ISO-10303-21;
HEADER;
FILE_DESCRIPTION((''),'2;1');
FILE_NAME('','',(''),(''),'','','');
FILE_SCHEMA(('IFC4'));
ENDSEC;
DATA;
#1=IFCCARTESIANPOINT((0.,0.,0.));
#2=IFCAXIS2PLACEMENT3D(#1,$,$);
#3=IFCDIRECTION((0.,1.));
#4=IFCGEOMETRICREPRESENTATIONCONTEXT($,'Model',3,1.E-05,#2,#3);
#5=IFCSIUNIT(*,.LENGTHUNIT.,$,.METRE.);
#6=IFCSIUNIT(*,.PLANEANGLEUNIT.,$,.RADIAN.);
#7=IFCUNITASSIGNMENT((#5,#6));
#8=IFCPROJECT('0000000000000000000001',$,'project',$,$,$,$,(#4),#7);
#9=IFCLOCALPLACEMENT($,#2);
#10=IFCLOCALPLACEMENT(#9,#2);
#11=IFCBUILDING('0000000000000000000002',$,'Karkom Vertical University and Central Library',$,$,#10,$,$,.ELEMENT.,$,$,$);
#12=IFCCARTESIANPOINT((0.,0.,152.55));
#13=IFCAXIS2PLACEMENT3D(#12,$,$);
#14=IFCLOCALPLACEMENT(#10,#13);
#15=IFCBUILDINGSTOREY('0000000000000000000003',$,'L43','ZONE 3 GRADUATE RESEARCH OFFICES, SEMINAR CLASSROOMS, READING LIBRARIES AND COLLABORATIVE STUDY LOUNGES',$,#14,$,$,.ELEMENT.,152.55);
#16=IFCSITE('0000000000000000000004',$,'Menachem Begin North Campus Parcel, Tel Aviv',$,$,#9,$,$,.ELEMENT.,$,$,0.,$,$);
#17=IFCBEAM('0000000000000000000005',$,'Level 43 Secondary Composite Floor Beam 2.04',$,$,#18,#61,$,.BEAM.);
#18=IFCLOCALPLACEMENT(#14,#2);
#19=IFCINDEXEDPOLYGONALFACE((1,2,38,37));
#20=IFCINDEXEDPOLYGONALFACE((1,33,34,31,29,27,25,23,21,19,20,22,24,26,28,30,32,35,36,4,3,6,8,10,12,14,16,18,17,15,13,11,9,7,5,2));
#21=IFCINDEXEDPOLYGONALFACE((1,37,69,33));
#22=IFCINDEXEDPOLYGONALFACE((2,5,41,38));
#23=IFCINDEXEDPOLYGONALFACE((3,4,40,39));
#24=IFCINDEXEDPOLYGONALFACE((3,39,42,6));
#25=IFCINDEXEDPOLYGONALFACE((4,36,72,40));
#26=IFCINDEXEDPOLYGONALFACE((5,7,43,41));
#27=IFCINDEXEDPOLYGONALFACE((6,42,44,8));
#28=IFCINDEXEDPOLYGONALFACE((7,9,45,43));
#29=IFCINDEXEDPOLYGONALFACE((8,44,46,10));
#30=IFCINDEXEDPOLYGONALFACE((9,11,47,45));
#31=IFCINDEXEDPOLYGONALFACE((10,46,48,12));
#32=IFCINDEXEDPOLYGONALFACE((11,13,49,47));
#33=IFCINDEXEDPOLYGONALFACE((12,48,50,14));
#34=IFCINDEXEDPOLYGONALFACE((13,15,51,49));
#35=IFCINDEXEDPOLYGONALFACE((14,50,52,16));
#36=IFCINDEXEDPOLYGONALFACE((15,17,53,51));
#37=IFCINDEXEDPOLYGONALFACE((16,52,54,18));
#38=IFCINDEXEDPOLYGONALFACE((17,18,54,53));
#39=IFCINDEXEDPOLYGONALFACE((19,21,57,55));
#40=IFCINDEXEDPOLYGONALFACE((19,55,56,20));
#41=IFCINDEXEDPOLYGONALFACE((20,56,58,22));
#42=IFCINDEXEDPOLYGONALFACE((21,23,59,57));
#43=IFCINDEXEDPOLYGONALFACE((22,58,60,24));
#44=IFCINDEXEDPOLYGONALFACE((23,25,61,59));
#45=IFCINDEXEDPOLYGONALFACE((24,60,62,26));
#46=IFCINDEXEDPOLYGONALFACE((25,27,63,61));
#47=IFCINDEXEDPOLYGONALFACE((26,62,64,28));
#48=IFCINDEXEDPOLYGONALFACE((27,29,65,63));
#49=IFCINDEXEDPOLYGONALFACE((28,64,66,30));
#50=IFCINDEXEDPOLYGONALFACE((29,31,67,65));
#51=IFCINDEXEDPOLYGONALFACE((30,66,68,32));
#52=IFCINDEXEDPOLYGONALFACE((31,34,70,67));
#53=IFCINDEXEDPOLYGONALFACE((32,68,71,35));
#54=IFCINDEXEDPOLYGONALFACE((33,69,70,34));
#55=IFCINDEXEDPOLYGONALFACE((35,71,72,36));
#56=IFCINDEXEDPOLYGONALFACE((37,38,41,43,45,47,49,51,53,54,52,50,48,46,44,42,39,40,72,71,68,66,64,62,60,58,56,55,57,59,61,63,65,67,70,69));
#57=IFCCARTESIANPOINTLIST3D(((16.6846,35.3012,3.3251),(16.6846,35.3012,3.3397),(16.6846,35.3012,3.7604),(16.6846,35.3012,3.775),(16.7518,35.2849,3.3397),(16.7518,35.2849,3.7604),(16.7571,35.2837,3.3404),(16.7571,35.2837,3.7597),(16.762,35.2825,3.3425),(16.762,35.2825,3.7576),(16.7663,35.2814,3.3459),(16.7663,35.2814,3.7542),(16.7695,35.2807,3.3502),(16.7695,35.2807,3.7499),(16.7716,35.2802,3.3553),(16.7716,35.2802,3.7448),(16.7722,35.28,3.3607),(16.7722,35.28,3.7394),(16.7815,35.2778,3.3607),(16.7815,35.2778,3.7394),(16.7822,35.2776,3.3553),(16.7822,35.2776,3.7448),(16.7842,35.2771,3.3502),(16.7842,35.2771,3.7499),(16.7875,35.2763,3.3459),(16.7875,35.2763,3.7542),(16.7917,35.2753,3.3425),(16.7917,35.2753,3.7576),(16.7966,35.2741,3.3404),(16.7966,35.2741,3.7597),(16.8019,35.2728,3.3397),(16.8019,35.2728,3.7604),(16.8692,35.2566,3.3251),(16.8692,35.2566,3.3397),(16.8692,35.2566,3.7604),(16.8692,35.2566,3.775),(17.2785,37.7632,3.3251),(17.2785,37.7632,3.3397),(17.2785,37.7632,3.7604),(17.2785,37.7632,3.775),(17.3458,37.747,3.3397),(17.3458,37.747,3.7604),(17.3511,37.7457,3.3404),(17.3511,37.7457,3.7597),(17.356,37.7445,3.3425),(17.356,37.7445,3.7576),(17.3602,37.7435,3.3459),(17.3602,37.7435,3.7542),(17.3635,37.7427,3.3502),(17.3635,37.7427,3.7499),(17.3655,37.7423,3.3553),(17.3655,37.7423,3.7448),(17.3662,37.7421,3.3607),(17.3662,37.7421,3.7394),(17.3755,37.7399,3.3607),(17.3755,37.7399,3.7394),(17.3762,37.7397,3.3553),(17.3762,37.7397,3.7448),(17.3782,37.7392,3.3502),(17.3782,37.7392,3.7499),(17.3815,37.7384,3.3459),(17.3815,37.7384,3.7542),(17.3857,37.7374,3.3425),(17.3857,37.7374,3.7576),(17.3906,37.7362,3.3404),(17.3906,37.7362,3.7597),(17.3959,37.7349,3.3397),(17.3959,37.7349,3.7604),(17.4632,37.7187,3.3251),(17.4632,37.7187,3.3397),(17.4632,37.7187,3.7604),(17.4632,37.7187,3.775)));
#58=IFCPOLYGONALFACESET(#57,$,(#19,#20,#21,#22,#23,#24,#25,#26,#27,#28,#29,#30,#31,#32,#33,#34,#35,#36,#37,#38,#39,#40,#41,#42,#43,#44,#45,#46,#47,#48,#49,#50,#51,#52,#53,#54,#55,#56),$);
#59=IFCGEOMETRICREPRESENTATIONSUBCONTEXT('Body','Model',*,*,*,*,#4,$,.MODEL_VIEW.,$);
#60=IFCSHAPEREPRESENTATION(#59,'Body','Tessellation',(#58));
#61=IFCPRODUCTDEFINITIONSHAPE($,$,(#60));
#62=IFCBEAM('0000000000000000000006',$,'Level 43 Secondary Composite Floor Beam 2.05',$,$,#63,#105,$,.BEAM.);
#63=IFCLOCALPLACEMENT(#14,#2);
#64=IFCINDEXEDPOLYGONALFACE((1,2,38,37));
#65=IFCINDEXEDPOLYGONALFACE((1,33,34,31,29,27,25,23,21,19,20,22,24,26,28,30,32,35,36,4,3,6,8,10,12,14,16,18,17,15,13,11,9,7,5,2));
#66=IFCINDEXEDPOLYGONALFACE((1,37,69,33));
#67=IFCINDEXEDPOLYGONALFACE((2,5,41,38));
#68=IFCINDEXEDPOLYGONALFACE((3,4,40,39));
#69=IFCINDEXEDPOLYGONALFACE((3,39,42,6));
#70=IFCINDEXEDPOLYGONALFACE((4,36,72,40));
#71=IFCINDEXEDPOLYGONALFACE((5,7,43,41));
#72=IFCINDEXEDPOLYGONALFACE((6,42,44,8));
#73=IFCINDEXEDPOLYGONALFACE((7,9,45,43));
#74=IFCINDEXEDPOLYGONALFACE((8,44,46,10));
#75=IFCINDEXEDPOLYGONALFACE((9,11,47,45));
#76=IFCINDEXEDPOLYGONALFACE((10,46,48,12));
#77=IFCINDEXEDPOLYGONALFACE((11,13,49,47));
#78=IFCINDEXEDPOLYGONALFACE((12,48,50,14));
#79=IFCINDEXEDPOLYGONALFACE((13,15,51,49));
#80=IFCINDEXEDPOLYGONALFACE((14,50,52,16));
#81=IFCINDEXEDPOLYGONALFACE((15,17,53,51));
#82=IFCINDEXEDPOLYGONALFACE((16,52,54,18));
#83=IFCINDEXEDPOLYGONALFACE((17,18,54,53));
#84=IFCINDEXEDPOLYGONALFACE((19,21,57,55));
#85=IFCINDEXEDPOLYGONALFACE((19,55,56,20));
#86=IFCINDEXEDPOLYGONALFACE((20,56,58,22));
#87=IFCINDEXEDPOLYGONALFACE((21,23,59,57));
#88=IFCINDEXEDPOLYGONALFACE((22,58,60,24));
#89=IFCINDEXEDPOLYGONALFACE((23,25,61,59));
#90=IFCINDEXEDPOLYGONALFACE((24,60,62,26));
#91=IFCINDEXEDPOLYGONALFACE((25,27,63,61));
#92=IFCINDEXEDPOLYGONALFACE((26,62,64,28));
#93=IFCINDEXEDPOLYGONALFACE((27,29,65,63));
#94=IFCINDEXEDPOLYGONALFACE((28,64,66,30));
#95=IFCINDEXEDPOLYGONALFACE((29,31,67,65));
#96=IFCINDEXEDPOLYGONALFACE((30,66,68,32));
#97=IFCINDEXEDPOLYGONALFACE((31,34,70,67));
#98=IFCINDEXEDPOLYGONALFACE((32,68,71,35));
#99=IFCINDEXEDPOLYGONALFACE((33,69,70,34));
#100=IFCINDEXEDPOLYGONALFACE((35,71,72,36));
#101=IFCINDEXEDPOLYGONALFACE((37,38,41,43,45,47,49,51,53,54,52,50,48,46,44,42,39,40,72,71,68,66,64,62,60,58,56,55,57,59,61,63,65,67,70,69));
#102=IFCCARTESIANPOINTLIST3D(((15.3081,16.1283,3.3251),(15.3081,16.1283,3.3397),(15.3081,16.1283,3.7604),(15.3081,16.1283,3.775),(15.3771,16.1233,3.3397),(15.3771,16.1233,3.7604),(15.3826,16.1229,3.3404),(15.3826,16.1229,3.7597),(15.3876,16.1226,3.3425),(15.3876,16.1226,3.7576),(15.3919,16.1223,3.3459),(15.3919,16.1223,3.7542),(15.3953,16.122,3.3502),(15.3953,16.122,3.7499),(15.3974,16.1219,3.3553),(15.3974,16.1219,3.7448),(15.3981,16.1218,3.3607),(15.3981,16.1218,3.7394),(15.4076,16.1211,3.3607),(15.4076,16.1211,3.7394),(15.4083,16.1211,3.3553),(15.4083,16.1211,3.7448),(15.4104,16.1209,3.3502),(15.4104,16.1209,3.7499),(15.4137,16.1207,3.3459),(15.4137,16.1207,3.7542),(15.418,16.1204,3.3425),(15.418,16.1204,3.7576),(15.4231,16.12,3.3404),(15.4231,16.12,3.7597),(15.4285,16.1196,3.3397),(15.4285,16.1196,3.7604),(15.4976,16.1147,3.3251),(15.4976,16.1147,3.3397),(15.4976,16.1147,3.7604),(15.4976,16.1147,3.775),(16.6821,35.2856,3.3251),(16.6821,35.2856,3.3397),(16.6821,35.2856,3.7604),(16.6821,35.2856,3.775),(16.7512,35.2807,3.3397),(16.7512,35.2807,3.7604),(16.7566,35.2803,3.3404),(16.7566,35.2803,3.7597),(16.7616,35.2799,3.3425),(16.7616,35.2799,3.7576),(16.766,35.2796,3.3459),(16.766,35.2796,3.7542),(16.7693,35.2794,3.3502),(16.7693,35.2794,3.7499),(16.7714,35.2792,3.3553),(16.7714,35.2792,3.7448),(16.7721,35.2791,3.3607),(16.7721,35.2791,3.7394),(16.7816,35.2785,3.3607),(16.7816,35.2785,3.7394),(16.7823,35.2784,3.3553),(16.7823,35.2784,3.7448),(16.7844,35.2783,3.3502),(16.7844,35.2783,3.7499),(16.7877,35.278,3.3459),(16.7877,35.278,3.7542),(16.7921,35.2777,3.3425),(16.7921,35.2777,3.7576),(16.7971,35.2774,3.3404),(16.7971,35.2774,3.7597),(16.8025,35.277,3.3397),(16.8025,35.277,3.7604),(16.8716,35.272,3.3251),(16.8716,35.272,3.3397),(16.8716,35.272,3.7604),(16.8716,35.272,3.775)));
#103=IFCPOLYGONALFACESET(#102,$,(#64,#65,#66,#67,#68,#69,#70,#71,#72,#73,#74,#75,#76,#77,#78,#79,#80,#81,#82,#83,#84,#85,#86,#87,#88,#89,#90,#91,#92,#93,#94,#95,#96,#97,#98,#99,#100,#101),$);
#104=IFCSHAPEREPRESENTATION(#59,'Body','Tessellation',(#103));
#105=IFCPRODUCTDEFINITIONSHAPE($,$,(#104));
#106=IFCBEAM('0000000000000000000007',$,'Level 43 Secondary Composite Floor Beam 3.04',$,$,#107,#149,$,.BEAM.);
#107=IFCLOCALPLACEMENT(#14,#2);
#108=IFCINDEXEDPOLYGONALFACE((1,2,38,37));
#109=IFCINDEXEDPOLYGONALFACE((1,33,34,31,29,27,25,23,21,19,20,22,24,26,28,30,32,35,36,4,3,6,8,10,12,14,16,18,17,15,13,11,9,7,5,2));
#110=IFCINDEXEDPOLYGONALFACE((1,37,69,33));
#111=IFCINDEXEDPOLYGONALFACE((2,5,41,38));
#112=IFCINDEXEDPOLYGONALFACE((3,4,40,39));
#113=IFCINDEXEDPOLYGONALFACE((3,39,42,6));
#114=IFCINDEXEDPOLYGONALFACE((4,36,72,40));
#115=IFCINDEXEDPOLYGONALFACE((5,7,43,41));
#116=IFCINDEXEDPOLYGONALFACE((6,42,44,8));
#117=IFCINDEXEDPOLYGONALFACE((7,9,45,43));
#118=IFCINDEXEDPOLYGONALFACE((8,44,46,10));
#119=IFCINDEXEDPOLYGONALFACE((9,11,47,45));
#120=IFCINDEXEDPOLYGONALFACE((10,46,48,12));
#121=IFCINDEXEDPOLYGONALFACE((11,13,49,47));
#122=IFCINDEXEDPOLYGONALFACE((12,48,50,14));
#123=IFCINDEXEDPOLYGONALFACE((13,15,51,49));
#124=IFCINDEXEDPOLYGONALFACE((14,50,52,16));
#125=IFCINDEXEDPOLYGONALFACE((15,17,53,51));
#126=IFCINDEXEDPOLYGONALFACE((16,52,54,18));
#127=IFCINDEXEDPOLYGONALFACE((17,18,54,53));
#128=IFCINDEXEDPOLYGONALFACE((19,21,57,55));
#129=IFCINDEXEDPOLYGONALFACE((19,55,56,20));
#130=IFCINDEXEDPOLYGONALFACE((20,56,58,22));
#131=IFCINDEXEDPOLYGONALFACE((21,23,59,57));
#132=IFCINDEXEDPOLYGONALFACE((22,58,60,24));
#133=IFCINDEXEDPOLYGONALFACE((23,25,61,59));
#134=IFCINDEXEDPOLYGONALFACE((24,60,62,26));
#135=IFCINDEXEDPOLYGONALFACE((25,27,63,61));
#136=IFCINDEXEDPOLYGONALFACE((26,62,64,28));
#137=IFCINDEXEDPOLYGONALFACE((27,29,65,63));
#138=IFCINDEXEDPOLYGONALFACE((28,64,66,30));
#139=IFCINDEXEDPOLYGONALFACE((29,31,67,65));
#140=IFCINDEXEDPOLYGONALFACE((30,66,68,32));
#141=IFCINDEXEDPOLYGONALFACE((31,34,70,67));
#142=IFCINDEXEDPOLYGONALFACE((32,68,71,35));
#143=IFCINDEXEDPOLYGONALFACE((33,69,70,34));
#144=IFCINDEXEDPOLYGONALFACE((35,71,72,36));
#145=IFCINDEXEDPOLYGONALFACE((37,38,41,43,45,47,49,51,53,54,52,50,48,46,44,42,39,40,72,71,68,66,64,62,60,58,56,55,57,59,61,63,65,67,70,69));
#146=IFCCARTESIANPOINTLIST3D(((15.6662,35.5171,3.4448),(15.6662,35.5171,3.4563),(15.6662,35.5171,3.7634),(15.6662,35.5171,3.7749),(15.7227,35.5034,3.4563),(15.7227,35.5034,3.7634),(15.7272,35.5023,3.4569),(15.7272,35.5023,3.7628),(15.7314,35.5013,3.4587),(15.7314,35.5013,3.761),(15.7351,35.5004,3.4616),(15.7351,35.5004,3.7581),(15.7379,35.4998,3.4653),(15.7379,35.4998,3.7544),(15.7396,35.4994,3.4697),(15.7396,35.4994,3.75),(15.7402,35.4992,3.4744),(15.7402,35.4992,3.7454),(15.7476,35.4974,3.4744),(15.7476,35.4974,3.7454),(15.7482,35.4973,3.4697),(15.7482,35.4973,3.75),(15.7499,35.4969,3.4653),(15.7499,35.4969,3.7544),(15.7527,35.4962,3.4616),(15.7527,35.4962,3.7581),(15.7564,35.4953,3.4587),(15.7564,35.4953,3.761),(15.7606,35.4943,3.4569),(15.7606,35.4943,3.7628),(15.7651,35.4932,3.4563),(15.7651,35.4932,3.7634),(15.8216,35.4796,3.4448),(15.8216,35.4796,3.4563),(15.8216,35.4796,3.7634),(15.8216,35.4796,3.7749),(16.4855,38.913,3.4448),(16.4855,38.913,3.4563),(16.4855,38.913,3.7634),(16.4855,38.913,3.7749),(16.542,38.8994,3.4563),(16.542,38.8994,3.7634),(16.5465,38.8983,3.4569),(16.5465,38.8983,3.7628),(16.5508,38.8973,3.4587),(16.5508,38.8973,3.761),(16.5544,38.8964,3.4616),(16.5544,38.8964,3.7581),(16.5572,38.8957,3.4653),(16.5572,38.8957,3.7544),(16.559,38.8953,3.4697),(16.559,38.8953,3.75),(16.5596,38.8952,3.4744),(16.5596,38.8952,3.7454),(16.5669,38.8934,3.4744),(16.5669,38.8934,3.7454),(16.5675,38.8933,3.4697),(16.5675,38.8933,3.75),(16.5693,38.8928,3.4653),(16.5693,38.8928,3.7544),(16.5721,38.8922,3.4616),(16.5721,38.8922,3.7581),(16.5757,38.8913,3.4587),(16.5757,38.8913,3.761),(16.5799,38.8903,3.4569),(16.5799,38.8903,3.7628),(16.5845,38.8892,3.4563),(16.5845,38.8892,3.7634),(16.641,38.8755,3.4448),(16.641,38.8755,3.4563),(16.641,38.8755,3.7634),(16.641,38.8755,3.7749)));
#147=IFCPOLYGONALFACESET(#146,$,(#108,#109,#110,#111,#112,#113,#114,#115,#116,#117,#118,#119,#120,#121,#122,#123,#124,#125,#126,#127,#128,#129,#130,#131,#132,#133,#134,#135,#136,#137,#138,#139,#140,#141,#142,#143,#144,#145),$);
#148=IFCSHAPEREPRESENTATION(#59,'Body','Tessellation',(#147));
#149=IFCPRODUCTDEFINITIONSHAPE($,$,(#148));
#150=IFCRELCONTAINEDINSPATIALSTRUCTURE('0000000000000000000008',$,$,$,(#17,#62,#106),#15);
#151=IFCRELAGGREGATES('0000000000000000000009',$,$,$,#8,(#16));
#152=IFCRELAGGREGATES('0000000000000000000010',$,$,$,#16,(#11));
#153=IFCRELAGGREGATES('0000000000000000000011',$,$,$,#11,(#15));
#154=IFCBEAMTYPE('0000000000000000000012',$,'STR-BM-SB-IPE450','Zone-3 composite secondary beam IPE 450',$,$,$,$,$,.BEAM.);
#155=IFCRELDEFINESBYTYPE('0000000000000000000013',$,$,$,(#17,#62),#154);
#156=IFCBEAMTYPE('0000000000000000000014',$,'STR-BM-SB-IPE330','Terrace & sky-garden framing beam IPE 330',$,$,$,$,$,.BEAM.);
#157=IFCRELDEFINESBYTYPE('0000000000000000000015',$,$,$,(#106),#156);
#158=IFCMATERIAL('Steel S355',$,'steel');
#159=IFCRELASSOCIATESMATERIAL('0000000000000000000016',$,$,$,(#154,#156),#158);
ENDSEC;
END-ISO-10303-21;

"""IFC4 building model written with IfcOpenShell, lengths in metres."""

from ifc_helpers import new_model, si_unit, direction, frame, origin, origin_with_axes, origin_2d, place, context, subcontext, project, spatial, i_section, extrude, source, transform, mapped, material, material_profile, profile_set, type_object, element, save


model = new_model("IFC4")

# Units and contexts
model_context = context("Model", 3, precision=1e-05, world=origin(), true_north=direction((0.0, 1.0)))
body_context = subcontext(model_context, "Body", "Model", "MODEL_VIEW")
ifc_project = project(units=[si_unit("LENGTHUNIT", "METRE"), si_unit("PLANEANGLEUNIT", "RADIAN")], contexts=[model_context])

# Site, building, storey
site_placement = place(None, origin())
site = spatial("IfcSite", under=ifc_project, at=site_placement, Name="Menachem Begin North Campus Parcel, Tel Aviv", CompositionType="ELEMENT", RefElevation=0.0)
building_placement = place(site_placement, origin())
building = spatial("IfcBuilding", under=site, at=building_placement, Name="Karkom Vertical University and Central Library", CompositionType="ELEMENT")
storey_placement = place(building_placement, frame((0.0, 0.0, 152.55)))
storey = spatial("IfcBuildingStorey", under=building, at=storey_placement, Name="L43", Description="ZONE 3 GRADUATE RESEARCH OFFICES, SEMINAR CLASSROOMS, READING LIBRARIES AND COLLABORATIVE STUDY LOUNGES", CompositionType="ELEMENT", Elevation=152.55)

# Beams
ifc_material_1 = material(Name="Steel S355", Category="steel")
ifc_material_profile_1 = material_profile(ifc_material_1, i_section(OverallWidth=0.1899, OverallDepth=0.45, WebThickness=0.0095, FlangeThickness=0.0146, FilletRadius=0.021, at=origin_2d()), Name="IPE 450")
ifc_profile_set_1 = profile_set([ifc_material_profile_1], Name="Steel S355")
beam_type_1 = type_object("IfcBeamType", Name="STR-BM-SB-IPE450", Description="Zone-3 composite secondary beam IPE 450", PredefinedType="BEAM", material=ifc_profile_set_1)
shared_shape_1 = source(origin_with_axes(), body_context, "Body", "SweptSolid", [
    extrude(i_section(OverallWidth=0.1899, OverallDepth=0.45, WebThickness=0.0095, FlangeThickness=0.0146, FilletRadius=0.021, at=origin_2d()), origin(), (0.0, 0.0, 1.0), 2.5327),
])
beam_1_placement = place(storey_placement, frame((17.3708, 37.741, 3.55), z_axis=(-0.234521, -0.972111, 0.0), x_axis=(0.972111, -0.234521, 0.0)))
element("IfcBeam", 1, at=beam_1_placement, inside=storey, type_object=beam_type_1, Name="Level 43 Secondary Composite Floor Beam 2.04", PredefinedType="BEAM", context=body_context, shape_type="MappedRepresentation", body=[
    mapped(shared_shape_1, transform((0.0, 0.0, 0.0), scale=1.0)),
])
shared_shape_2 = source(origin_with_axes(), body_context, "Body", "SweptSolid", [
    extrude(i_section(OverallWidth=0.1899, OverallDepth=0.45, WebThickness=0.0095, FlangeThickness=0.0146, FilletRadius=0.021, at=origin_2d()), origin(), (0.0, 0.0, 1.0), 19.2065),
])
beam_2_placement = place(storey_placement, frame((16.7769, 35.2788, 3.55), z_axis=(-0.07154, -0.997438, 0.0), x_axis=(0.997438, -0.07154, 0.0)))
element("IfcBeam", 2, at=beam_2_placement, inside=storey, type_object=beam_type_1, Name="Level 43 Secondary Composite Floor Beam 2.05", PredefinedType="BEAM", context=body_context, shape_type="MappedRepresentation", body=[
    mapped(shared_shape_2, transform((0.0, 0.0, 0.0), scale=1.0)),
])
ifc_material_profile_2 = material_profile(ifc_material_1, i_section(OverallWidth=0.1599, OverallDepth=0.3301, WebThickness=0.0076, FlangeThickness=0.0115, FilletRadius=0.0181, at=origin_2d()), Name="IPE 330")
ifc_profile_set_2 = profile_set([ifc_material_profile_2], Name="Steel S355")
beam_type_2 = type_object("IfcBeamType", Name="STR-BM-SB-IPE330", Description="Terrace & sky-garden framing beam IPE 330", PredefinedType="BEAM", material=ifc_profile_set_2)
shared_shape_3 = source(origin_with_axes(), body_context, "Body", "SweptSolid", [
    extrude(i_section(OverallWidth=0.1599, OverallDepth=0.3301, WebThickness=0.0076, FlangeThickness=0.0115, FilletRadius=0.0181, at=origin_2d()), origin(), (0.0, 0.0, 1.0), 3.4934),
])
beam_3_placement = place(storey_placement, frame((16.5632, 38.8943, 3.6099), z_axis=(-0.234536, -0.972107, 0.0), x_axis=(0.972107, -0.234536, 0.0)))
element("IfcBeam", 3, at=beam_3_placement, inside=storey, type_object=beam_type_2, Name="Level 43 Secondary Composite Floor Beam 3.04", PredefinedType="BEAM", context=body_context, shape_type="MappedRepresentation", body=[
    mapped(shared_shape_3, transform((0.0, 0.0, 0.0), scale=1.0)),
])

save(model, "model.ifc")
